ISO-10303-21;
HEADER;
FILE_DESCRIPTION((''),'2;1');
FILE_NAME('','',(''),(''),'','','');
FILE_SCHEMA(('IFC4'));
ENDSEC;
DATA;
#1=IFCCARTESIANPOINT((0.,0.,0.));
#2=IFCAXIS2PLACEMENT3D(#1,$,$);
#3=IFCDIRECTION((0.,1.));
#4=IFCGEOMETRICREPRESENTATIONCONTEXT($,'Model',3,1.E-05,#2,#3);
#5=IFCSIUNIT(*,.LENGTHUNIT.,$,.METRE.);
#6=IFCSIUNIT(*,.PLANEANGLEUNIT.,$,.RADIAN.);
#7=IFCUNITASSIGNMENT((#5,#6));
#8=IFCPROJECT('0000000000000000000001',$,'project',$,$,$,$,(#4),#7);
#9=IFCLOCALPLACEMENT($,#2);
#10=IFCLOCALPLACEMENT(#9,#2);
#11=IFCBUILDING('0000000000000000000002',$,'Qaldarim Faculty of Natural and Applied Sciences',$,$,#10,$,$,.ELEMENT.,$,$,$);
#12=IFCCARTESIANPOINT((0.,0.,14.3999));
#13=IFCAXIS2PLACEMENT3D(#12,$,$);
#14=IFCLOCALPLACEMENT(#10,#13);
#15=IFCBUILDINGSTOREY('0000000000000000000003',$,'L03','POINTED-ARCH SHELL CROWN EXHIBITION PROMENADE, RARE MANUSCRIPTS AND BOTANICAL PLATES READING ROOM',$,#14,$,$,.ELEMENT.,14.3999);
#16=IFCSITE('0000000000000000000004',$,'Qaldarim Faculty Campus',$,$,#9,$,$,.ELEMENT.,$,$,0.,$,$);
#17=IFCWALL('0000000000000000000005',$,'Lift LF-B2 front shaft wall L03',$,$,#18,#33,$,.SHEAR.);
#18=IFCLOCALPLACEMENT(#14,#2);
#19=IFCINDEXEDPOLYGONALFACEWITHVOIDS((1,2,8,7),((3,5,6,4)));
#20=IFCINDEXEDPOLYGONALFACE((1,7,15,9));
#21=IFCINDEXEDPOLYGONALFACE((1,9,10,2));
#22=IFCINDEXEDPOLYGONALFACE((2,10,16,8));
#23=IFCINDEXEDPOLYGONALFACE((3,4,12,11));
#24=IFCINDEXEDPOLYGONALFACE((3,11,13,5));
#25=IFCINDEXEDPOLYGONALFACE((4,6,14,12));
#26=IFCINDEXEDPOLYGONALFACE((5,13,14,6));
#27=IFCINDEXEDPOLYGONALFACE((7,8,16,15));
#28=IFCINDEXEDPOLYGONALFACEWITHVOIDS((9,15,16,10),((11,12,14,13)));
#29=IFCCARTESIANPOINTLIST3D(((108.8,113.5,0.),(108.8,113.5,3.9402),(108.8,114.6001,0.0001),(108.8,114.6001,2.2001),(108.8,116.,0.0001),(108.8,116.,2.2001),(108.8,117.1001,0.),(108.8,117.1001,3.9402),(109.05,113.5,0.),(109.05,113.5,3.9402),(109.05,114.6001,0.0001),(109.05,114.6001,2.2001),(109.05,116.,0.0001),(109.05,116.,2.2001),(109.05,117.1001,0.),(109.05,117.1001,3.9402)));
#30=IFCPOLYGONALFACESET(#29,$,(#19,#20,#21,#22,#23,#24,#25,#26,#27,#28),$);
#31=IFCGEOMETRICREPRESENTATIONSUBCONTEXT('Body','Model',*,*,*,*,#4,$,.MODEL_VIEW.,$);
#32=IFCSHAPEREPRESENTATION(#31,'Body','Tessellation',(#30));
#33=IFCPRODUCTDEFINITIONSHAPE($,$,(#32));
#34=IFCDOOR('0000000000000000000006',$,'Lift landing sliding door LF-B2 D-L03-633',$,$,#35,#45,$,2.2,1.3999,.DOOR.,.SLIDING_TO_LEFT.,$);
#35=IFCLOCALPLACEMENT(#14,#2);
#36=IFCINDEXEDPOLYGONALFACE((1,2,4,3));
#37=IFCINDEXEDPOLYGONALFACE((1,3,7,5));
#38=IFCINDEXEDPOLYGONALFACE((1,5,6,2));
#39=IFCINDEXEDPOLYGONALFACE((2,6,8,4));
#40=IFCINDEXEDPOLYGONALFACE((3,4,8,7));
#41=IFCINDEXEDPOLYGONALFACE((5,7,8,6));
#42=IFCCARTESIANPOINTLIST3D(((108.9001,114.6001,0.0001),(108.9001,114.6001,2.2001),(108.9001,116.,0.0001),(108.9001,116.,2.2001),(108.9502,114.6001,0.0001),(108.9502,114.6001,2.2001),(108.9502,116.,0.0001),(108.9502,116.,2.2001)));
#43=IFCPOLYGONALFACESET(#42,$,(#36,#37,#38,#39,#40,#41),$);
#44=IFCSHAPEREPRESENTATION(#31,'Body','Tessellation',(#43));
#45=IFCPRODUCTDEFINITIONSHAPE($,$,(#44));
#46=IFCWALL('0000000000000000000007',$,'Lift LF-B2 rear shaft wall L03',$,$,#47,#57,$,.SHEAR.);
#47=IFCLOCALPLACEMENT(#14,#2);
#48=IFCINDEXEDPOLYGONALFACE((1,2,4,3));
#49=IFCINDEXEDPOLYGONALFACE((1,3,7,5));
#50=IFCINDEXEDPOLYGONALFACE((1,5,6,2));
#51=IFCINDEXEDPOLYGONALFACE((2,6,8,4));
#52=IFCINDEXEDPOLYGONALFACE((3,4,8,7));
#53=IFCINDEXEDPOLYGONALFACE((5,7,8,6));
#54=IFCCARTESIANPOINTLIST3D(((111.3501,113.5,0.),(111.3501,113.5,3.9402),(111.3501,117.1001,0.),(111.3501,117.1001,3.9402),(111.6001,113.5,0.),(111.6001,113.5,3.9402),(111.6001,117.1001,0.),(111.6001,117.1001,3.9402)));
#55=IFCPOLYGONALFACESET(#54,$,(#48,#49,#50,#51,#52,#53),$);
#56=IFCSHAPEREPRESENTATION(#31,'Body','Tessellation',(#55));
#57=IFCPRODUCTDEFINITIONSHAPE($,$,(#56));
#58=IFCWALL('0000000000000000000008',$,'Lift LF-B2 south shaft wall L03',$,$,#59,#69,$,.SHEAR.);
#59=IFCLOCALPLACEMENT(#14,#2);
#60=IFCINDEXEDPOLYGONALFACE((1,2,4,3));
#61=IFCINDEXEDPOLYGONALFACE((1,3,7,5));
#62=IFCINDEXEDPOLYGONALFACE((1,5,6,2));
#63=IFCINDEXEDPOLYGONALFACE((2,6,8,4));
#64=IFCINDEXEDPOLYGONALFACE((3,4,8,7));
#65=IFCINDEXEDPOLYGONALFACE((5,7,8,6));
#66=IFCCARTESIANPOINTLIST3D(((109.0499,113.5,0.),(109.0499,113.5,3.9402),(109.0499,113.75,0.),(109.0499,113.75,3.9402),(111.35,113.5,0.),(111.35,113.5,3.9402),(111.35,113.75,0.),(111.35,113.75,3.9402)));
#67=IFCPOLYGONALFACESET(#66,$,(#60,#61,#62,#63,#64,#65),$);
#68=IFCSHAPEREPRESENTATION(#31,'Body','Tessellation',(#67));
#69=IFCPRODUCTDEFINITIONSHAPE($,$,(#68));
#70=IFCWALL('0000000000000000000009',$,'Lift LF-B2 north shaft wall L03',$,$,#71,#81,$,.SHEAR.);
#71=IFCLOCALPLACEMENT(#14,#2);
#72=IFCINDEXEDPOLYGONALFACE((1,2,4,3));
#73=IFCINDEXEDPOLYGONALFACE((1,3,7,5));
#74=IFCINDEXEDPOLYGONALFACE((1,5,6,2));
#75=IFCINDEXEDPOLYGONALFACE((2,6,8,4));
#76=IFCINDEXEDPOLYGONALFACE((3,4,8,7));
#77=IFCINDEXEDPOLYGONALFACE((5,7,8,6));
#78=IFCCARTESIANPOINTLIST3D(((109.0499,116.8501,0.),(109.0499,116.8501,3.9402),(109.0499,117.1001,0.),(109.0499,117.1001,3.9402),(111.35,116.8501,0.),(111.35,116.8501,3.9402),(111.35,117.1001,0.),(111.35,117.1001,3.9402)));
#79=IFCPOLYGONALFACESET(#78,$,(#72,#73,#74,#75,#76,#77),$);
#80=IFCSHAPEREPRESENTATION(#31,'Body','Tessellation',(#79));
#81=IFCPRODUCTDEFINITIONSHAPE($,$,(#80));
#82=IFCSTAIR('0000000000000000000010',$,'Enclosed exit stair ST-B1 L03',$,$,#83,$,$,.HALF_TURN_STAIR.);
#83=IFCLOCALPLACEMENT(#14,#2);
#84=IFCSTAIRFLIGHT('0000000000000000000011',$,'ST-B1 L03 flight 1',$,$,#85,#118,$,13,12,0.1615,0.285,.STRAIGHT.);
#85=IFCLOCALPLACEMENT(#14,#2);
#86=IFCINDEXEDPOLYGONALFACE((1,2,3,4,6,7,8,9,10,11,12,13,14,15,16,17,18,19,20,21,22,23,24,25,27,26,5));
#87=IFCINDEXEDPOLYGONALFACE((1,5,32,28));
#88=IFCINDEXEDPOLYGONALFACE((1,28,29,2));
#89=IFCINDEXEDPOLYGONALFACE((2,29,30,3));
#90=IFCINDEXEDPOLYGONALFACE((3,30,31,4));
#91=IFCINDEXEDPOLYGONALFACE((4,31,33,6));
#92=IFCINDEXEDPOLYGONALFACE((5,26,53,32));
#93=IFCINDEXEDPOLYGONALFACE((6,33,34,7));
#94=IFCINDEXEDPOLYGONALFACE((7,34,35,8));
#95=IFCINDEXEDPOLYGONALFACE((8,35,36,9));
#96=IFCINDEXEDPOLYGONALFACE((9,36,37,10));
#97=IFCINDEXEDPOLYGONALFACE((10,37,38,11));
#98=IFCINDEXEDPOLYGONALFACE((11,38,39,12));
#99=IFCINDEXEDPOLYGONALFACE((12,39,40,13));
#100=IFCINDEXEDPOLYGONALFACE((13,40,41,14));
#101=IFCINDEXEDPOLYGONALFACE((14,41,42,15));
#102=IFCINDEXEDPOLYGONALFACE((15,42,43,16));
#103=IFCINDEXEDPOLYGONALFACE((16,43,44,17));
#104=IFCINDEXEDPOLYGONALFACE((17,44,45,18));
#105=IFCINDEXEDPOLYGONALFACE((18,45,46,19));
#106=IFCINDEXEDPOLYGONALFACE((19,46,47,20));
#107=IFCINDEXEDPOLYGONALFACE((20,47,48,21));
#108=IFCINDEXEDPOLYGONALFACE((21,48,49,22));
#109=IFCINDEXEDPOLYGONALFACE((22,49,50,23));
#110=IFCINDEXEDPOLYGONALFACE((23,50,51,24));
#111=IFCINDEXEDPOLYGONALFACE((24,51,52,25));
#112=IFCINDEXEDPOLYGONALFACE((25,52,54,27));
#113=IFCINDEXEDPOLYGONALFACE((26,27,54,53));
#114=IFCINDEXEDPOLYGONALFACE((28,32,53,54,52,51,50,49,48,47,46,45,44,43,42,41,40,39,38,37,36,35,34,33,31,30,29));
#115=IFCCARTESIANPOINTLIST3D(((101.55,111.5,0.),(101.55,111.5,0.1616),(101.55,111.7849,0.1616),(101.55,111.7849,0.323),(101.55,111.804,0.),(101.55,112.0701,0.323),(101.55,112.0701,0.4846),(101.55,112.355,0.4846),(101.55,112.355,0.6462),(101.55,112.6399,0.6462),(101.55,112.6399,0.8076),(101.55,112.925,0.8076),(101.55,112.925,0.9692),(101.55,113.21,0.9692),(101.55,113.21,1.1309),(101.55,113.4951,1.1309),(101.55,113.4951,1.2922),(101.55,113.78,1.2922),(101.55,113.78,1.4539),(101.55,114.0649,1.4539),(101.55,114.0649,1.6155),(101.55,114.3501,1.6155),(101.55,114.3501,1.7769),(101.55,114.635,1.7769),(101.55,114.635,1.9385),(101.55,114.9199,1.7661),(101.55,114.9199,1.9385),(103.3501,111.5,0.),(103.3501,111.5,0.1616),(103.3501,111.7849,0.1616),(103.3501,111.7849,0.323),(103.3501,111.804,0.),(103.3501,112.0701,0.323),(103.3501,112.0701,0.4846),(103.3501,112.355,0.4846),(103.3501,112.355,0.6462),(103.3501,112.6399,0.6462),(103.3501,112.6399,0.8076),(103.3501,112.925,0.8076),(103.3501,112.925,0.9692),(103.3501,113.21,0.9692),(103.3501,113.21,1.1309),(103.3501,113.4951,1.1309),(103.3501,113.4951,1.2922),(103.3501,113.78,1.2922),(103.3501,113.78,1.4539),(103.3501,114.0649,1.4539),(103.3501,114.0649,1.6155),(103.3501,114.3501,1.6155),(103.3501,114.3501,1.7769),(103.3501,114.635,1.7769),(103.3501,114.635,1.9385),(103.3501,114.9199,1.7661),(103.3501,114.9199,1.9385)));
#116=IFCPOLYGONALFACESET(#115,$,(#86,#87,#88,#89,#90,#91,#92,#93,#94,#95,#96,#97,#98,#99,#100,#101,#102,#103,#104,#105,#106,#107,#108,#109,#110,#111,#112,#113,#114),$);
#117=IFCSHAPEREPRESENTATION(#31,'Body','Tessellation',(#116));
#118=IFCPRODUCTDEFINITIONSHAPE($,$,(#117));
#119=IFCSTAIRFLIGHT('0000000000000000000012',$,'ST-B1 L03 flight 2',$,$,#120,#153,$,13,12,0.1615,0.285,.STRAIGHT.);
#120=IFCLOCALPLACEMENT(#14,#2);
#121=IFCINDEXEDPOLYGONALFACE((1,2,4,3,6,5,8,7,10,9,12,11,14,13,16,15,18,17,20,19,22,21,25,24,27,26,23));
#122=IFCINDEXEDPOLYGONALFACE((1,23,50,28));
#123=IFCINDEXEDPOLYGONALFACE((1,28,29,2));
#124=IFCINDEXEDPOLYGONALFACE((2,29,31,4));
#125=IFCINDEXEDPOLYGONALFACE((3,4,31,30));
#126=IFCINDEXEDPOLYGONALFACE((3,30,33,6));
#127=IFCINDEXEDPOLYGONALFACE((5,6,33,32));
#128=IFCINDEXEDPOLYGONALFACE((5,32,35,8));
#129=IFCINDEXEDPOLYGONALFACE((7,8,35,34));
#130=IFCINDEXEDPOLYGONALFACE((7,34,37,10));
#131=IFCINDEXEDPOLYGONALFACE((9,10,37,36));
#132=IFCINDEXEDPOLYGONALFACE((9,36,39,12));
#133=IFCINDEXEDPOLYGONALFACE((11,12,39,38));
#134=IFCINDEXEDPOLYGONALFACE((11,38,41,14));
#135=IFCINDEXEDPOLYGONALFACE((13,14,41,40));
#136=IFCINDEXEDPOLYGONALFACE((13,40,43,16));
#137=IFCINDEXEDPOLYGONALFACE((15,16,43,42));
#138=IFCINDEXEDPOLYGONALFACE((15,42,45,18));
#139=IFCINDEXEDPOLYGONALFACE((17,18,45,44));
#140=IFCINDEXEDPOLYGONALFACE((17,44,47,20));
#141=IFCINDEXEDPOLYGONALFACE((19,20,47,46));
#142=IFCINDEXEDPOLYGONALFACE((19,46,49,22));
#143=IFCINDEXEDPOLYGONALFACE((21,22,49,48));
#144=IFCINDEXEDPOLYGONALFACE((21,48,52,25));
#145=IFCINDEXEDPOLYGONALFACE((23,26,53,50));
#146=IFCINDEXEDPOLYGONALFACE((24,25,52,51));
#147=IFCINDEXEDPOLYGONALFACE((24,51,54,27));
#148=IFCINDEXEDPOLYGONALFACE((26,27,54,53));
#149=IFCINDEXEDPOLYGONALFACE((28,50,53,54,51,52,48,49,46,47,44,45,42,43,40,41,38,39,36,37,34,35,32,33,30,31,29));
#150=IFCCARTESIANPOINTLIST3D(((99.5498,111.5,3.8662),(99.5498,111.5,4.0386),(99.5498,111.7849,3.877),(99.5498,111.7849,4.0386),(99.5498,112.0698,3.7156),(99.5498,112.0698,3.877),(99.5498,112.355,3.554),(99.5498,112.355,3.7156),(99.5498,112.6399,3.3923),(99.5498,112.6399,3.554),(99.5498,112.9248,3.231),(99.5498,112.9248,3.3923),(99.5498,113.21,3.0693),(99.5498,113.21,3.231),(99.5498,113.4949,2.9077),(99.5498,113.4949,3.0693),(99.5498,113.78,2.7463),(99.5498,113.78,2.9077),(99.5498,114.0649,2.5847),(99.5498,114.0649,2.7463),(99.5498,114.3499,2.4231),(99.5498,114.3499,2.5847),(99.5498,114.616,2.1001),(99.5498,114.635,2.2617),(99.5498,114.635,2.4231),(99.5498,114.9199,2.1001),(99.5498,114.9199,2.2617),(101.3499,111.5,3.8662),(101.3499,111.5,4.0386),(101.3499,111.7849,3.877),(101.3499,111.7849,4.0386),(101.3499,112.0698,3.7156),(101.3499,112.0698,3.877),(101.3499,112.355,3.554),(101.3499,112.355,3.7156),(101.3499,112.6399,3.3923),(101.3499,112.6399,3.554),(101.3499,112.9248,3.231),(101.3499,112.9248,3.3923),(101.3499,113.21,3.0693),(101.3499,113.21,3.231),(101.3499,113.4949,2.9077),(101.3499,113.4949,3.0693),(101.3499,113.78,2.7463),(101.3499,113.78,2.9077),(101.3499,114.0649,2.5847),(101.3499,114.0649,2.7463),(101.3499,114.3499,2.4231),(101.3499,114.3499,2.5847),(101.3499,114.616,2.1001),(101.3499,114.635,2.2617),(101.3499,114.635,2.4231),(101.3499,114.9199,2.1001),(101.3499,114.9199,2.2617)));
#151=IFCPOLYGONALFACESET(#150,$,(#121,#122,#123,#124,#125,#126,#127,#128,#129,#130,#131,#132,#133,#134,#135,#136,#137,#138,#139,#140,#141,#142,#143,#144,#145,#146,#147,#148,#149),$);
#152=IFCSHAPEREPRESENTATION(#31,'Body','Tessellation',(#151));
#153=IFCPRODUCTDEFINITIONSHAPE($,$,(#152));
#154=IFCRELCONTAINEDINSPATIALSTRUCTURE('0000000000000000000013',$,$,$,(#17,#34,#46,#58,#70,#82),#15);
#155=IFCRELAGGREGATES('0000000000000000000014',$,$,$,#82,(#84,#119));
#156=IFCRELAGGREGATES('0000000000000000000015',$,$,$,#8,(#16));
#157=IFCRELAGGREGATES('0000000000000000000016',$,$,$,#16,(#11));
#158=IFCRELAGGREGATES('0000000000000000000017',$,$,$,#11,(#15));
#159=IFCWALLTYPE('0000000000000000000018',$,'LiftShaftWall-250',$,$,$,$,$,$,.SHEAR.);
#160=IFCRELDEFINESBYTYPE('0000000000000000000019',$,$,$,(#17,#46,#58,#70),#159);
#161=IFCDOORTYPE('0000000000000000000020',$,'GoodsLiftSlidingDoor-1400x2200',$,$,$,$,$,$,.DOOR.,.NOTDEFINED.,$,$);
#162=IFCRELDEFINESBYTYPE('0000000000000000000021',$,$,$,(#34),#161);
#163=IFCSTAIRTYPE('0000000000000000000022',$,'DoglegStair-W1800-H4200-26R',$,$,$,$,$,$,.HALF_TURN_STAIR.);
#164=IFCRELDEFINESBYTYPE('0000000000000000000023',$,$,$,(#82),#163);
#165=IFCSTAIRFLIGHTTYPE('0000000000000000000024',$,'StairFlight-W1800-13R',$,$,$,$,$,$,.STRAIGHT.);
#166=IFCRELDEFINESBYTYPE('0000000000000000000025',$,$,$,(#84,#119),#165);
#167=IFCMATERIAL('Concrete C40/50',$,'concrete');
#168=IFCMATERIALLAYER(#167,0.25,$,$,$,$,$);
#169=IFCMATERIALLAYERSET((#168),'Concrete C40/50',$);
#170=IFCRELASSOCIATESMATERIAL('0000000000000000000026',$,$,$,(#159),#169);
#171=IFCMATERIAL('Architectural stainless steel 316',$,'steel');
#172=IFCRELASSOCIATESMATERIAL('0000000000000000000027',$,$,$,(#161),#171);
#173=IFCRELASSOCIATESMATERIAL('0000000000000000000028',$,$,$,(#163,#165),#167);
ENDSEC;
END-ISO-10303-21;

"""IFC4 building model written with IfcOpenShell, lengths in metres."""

from ifc_helpers import new_model, si_unit, direction, frame, frame_2d, origin, place, context, subcontext, project, spatial, polyline, rectangle, outline, extrude, material, layer, layer_set, type_object, element, fill, aggregate, save


model = new_model("IFC4")

# Units and contexts
model_context = context("Model", 3, precision=1e-05, world=origin(), true_north=direction((0.0, 1.0)))
body_context = subcontext(model_context, "Body", "Model", "MODEL_VIEW")
ifc_project = project(units=[si_unit("LENGTHUNIT", "METRE"), si_unit("PLANEANGLEUNIT", "RADIAN")], contexts=[model_context])

# Site, building, storey
site_placement = place(None, origin())
site = spatial("IfcSite", under=ifc_project, at=site_placement, Name="Qaldarim Faculty Campus", CompositionType="ELEMENT", RefElevation=0.0)
building_placement = place(site_placement, origin())
building = spatial("IfcBuilding", under=site, at=building_placement, Name="Qaldarim Faculty of Natural and Applied Sciences", CompositionType="ELEMENT")
storey_placement = place(building_placement, frame((0.0, 0.0, 14.3999)))
storey = spatial("IfcBuildingStorey", under=building, at=storey_placement, Name="L03", Description="POINTED-ARCH SHELL CROWN EXHIBITION PROMENADE, RARE MANUSCRIPTS AND BOTANICAL PLATES READING ROOM", CompositionType="ELEMENT", Elevation=14.3999)

# Shared definitions
ifc_material_1 = material(Name="Concrete C40/50", Category="concrete")

# Shared definitions
ifc_layer_1 = layer(ifc_material_1, 0.25)
ifc_layer_set_1 = layer_set([ifc_layer_1], Name="Concrete C40/50")
wall_type_1 = type_object("IfcWallType", Name="LiftShaftWall-250", PredefinedType="SHEAR", material=ifc_layer_set_1)

# Wall, opening, door
wall_1_placement = place(storey_placement, frame((108.925, 113.5, 0.0), z_axis=(0.0, 0.0, 1.0), x_axis=(0.0, 1.0, 0.0)))
wall_1 = element("IfcWall", 1, at=wall_1_placement, inside=storey, type_object=wall_type_1, Name="Lift LF-B2 front shaft wall L03", PredefinedType="SHEAR", context=body_context, shape_type="SweptSolid", body=[
    extrude(rectangle(XDim=3.6001, YDim=0.25, at=frame_2d((1.8, 0.0))), origin(), (0.0, 0.0, 1.0), 3.9402),
])
opening_1_placement = place(wall_1_placement, frame((1.1001, 0.0, 0.0)))
opening_1 = element("IfcOpeningElement", 2, at=opening_1_placement, cuts=wall_1, PredefinedType="OPENING", context=body_context, shape_type="SweptSolid", body=[
    extrude(rectangle(XDim=1.3999, YDim=2.2, at=frame_2d((0.7, 1.1001))), frame((0.0, 0.135, 0.0), z_axis=(0.0, -1.0, 0.0), x_axis=(1.0, 0.0, 0.0)), (0.0, 0.0, 1.0), 0.27),
])
ifc_material_2 = material(Name="Architectural stainless steel 316", Category="steel")
door_type_1 = type_object("IfcDoorType", Name="GoodsLiftSlidingDoor-1400x2200", OperationType="NOTDEFINED", PredefinedType="DOOR", material=ifc_material_2)
door_1_placement = place(opening_1_placement, origin())
door_1 = element("IfcDoor", 3, at=door_1_placement, inside=storey, type_object=door_type_1, Name="Lift landing sliding door LF-B2 D-L03-633", OperationType="SLIDING_TO_LEFT", OverallHeight=2.2, OverallWidth=1.3999, PredefinedType="DOOR", context=body_context, shape_type="SweptSolid", body=[
    extrude(rectangle(XDim=1.3999, YDim=2.2, at=frame_2d((0.7, 1.1001))), frame((0.0, 0.0249, 0.0), z_axis=(0.0, -1.0, 0.0), x_axis=(1.0, 0.0, 0.0)), (0.0, 0.0, 1.0), 0.05),
])
fill(opening_1, door_1)

# Walls
wall_2_placement = place(storey_placement, frame((111.4751, 113.5, 0.0), z_axis=(0.0, 0.0, 1.0), x_axis=(0.0, 1.0, 0.0)))
element("IfcWall", 4, at=wall_2_placement, inside=storey, type_object=wall_type_1, Name="Lift LF-B2 rear shaft wall L03", PredefinedType="SHEAR", context=body_context, shape_type="SweptSolid", body=[
    extrude(rectangle(XDim=3.6001, YDim=0.25, at=frame_2d((1.8, 0.0))), origin(), (0.0, 0.0, 1.0), 3.9402),
])
for number, where, z_axis, x_axis, name in (
    (5, (109.05, 113.625, 0.0), (0.0, 0.0, 1.0), (1.0, 0.0, 0.0), "Lift LF-B2 south shaft wall L03"),
    (6, (109.05, 116.9751, 0.0), (0.0, 0.0, 1.0), (1.0, 0.0, 0.0), "Lift LF-B2 north shaft wall L03"),
):
    element("IfcWall", number, at=place(storey_placement, frame(where, z_axis=z_axis, x_axis=x_axis)), inside=storey, type_object=wall_type_1, Name=name, PredefinedType="SHEAR", context=body_context, shape_type="SweptSolid", body=[
        extrude(rectangle(XDim=2.3, YDim=0.25, at=frame_2d((1.1499, 0.0))), origin(), (0.0, 0.0, 1.0), 3.9402),
    ])

# Stair, stair flights
stair_type = type_object("IfcStairType", Name="DoglegStair-W1800-H4200-26R", PredefinedType="HALF_TURN_STAIR", material=ifc_material_1)
stair_placement = place(storey_placement, origin())
stair = element("IfcStair", 7, at=stair_placement, inside=storey, type_object=stair_type, Name="Enclosed exit stair ST-B1 L03", PredefinedType="HALF_TURN_STAIR")
stair_flight_type = type_object("IfcStairFlightType", Name="StairFlight-W1800-13R", PredefinedType="STRAIGHT", material=ifc_material_1)
stair_flight_1_placement = place(storey_placement, frame((102.45, 111.5, 0.0), z_axis=(0.0, 0.0, 1.0), x_axis=(0.0, 1.0, 0.0)))
stair_flight_1 = element("IfcStairFlight", 8, at=stair_flight_1_placement, type_object=stair_flight_type, Name="ST-B1 L03 flight 1", NumberOfRisers=13, NumberOfTreads=12, PredefinedType="STRAIGHT", RiserHeight=0.1615, TreadLength=0.285, context=body_context, shape_type="SweptSolid", body=[
    extrude(outline(polyline([(0.0, 0.0), (0.0, 0.1616), (0.2849, 0.1616), (0.2849, 0.323), (0.5701, 0.323), (0.5701, 0.4846), (0.855, 0.4846), (0.855, 0.6462), (1.1399, 0.6462), (1.1399, 0.8076), (1.425, 0.8076), (1.425, 0.9692), (1.71, 0.9692), (1.71, 1.1309), (1.9951, 1.1309), (1.9951, 1.2922), (2.28, 1.2922), (2.28, 1.4539), (2.5649, 1.4539), (2.5649, 1.6155), (2.8501, 1.6155), (2.8501, 1.7769), (3.135, 1.7769), (3.135, 1.9385), (3.4199, 1.9385), (3.4199, 2.1001), (3.4199, 1.7661), (0.304, 0.0), (0.0, 0.0)])), frame((0.0, 0.8999, 0.0), z_axis=(0.0, -1.0, 0.0), x_axis=(1.0, 0.0, 0.0)), (0.0, 0.0, 1.0), 1.8),
])
stair_flight_2_placement = place(storey_placement, frame((100.45, 114.9199, 2.1001), z_axis=(0.0, 0.0, 1.0), x_axis=(0.0, -1.0, 0.0)))
stair_flight_2 = element("IfcStairFlight", 9, at=stair_flight_2_placement, type_object=stair_flight_type, Name="ST-B1 L03 flight 2", NumberOfRisers=13, NumberOfTreads=12, PredefinedType="STRAIGHT", RiserHeight=0.1615, TreadLength=0.285, context=body_context, shape_type="SweptSolid", body=[
    extrude(outline(polyline([(0.0, 0.0), (0.0, 0.1616), (0.2849, 0.1616), (0.2849, 0.323), (0.5701, 0.323), (0.5701, 0.4846), (0.855, 0.4846), (0.855, 0.6462), (1.1399, 0.6462), (1.1399, 0.8076), (1.425, 0.8076), (1.425, 0.9692), (1.71, 0.9692), (1.71, 1.1309), (1.9951, 1.1309), (1.9951, 1.2922), (2.28, 1.2922), (2.28, 1.4539), (2.5649, 1.4539), (2.5649, 1.6155), (2.8501, 1.6155), (2.8501, 1.7769), (3.135, 1.7769), (3.135, 1.9385), (3.4199, 1.9385), (3.4199, 2.1001), (3.4199, 1.7661), (0.304, 0.0), (0.0, 0.0)])), frame((0.0, 0.8999, 0.0), z_axis=(0.0, -1.0, 0.0), x_axis=(1.0, 0.0, 0.0)), (0.0, 0.0, 1.0), 1.8),
])
aggregate(stair, [stair_flight_1, stair_flight_2])

save(model, "model.ifc")
